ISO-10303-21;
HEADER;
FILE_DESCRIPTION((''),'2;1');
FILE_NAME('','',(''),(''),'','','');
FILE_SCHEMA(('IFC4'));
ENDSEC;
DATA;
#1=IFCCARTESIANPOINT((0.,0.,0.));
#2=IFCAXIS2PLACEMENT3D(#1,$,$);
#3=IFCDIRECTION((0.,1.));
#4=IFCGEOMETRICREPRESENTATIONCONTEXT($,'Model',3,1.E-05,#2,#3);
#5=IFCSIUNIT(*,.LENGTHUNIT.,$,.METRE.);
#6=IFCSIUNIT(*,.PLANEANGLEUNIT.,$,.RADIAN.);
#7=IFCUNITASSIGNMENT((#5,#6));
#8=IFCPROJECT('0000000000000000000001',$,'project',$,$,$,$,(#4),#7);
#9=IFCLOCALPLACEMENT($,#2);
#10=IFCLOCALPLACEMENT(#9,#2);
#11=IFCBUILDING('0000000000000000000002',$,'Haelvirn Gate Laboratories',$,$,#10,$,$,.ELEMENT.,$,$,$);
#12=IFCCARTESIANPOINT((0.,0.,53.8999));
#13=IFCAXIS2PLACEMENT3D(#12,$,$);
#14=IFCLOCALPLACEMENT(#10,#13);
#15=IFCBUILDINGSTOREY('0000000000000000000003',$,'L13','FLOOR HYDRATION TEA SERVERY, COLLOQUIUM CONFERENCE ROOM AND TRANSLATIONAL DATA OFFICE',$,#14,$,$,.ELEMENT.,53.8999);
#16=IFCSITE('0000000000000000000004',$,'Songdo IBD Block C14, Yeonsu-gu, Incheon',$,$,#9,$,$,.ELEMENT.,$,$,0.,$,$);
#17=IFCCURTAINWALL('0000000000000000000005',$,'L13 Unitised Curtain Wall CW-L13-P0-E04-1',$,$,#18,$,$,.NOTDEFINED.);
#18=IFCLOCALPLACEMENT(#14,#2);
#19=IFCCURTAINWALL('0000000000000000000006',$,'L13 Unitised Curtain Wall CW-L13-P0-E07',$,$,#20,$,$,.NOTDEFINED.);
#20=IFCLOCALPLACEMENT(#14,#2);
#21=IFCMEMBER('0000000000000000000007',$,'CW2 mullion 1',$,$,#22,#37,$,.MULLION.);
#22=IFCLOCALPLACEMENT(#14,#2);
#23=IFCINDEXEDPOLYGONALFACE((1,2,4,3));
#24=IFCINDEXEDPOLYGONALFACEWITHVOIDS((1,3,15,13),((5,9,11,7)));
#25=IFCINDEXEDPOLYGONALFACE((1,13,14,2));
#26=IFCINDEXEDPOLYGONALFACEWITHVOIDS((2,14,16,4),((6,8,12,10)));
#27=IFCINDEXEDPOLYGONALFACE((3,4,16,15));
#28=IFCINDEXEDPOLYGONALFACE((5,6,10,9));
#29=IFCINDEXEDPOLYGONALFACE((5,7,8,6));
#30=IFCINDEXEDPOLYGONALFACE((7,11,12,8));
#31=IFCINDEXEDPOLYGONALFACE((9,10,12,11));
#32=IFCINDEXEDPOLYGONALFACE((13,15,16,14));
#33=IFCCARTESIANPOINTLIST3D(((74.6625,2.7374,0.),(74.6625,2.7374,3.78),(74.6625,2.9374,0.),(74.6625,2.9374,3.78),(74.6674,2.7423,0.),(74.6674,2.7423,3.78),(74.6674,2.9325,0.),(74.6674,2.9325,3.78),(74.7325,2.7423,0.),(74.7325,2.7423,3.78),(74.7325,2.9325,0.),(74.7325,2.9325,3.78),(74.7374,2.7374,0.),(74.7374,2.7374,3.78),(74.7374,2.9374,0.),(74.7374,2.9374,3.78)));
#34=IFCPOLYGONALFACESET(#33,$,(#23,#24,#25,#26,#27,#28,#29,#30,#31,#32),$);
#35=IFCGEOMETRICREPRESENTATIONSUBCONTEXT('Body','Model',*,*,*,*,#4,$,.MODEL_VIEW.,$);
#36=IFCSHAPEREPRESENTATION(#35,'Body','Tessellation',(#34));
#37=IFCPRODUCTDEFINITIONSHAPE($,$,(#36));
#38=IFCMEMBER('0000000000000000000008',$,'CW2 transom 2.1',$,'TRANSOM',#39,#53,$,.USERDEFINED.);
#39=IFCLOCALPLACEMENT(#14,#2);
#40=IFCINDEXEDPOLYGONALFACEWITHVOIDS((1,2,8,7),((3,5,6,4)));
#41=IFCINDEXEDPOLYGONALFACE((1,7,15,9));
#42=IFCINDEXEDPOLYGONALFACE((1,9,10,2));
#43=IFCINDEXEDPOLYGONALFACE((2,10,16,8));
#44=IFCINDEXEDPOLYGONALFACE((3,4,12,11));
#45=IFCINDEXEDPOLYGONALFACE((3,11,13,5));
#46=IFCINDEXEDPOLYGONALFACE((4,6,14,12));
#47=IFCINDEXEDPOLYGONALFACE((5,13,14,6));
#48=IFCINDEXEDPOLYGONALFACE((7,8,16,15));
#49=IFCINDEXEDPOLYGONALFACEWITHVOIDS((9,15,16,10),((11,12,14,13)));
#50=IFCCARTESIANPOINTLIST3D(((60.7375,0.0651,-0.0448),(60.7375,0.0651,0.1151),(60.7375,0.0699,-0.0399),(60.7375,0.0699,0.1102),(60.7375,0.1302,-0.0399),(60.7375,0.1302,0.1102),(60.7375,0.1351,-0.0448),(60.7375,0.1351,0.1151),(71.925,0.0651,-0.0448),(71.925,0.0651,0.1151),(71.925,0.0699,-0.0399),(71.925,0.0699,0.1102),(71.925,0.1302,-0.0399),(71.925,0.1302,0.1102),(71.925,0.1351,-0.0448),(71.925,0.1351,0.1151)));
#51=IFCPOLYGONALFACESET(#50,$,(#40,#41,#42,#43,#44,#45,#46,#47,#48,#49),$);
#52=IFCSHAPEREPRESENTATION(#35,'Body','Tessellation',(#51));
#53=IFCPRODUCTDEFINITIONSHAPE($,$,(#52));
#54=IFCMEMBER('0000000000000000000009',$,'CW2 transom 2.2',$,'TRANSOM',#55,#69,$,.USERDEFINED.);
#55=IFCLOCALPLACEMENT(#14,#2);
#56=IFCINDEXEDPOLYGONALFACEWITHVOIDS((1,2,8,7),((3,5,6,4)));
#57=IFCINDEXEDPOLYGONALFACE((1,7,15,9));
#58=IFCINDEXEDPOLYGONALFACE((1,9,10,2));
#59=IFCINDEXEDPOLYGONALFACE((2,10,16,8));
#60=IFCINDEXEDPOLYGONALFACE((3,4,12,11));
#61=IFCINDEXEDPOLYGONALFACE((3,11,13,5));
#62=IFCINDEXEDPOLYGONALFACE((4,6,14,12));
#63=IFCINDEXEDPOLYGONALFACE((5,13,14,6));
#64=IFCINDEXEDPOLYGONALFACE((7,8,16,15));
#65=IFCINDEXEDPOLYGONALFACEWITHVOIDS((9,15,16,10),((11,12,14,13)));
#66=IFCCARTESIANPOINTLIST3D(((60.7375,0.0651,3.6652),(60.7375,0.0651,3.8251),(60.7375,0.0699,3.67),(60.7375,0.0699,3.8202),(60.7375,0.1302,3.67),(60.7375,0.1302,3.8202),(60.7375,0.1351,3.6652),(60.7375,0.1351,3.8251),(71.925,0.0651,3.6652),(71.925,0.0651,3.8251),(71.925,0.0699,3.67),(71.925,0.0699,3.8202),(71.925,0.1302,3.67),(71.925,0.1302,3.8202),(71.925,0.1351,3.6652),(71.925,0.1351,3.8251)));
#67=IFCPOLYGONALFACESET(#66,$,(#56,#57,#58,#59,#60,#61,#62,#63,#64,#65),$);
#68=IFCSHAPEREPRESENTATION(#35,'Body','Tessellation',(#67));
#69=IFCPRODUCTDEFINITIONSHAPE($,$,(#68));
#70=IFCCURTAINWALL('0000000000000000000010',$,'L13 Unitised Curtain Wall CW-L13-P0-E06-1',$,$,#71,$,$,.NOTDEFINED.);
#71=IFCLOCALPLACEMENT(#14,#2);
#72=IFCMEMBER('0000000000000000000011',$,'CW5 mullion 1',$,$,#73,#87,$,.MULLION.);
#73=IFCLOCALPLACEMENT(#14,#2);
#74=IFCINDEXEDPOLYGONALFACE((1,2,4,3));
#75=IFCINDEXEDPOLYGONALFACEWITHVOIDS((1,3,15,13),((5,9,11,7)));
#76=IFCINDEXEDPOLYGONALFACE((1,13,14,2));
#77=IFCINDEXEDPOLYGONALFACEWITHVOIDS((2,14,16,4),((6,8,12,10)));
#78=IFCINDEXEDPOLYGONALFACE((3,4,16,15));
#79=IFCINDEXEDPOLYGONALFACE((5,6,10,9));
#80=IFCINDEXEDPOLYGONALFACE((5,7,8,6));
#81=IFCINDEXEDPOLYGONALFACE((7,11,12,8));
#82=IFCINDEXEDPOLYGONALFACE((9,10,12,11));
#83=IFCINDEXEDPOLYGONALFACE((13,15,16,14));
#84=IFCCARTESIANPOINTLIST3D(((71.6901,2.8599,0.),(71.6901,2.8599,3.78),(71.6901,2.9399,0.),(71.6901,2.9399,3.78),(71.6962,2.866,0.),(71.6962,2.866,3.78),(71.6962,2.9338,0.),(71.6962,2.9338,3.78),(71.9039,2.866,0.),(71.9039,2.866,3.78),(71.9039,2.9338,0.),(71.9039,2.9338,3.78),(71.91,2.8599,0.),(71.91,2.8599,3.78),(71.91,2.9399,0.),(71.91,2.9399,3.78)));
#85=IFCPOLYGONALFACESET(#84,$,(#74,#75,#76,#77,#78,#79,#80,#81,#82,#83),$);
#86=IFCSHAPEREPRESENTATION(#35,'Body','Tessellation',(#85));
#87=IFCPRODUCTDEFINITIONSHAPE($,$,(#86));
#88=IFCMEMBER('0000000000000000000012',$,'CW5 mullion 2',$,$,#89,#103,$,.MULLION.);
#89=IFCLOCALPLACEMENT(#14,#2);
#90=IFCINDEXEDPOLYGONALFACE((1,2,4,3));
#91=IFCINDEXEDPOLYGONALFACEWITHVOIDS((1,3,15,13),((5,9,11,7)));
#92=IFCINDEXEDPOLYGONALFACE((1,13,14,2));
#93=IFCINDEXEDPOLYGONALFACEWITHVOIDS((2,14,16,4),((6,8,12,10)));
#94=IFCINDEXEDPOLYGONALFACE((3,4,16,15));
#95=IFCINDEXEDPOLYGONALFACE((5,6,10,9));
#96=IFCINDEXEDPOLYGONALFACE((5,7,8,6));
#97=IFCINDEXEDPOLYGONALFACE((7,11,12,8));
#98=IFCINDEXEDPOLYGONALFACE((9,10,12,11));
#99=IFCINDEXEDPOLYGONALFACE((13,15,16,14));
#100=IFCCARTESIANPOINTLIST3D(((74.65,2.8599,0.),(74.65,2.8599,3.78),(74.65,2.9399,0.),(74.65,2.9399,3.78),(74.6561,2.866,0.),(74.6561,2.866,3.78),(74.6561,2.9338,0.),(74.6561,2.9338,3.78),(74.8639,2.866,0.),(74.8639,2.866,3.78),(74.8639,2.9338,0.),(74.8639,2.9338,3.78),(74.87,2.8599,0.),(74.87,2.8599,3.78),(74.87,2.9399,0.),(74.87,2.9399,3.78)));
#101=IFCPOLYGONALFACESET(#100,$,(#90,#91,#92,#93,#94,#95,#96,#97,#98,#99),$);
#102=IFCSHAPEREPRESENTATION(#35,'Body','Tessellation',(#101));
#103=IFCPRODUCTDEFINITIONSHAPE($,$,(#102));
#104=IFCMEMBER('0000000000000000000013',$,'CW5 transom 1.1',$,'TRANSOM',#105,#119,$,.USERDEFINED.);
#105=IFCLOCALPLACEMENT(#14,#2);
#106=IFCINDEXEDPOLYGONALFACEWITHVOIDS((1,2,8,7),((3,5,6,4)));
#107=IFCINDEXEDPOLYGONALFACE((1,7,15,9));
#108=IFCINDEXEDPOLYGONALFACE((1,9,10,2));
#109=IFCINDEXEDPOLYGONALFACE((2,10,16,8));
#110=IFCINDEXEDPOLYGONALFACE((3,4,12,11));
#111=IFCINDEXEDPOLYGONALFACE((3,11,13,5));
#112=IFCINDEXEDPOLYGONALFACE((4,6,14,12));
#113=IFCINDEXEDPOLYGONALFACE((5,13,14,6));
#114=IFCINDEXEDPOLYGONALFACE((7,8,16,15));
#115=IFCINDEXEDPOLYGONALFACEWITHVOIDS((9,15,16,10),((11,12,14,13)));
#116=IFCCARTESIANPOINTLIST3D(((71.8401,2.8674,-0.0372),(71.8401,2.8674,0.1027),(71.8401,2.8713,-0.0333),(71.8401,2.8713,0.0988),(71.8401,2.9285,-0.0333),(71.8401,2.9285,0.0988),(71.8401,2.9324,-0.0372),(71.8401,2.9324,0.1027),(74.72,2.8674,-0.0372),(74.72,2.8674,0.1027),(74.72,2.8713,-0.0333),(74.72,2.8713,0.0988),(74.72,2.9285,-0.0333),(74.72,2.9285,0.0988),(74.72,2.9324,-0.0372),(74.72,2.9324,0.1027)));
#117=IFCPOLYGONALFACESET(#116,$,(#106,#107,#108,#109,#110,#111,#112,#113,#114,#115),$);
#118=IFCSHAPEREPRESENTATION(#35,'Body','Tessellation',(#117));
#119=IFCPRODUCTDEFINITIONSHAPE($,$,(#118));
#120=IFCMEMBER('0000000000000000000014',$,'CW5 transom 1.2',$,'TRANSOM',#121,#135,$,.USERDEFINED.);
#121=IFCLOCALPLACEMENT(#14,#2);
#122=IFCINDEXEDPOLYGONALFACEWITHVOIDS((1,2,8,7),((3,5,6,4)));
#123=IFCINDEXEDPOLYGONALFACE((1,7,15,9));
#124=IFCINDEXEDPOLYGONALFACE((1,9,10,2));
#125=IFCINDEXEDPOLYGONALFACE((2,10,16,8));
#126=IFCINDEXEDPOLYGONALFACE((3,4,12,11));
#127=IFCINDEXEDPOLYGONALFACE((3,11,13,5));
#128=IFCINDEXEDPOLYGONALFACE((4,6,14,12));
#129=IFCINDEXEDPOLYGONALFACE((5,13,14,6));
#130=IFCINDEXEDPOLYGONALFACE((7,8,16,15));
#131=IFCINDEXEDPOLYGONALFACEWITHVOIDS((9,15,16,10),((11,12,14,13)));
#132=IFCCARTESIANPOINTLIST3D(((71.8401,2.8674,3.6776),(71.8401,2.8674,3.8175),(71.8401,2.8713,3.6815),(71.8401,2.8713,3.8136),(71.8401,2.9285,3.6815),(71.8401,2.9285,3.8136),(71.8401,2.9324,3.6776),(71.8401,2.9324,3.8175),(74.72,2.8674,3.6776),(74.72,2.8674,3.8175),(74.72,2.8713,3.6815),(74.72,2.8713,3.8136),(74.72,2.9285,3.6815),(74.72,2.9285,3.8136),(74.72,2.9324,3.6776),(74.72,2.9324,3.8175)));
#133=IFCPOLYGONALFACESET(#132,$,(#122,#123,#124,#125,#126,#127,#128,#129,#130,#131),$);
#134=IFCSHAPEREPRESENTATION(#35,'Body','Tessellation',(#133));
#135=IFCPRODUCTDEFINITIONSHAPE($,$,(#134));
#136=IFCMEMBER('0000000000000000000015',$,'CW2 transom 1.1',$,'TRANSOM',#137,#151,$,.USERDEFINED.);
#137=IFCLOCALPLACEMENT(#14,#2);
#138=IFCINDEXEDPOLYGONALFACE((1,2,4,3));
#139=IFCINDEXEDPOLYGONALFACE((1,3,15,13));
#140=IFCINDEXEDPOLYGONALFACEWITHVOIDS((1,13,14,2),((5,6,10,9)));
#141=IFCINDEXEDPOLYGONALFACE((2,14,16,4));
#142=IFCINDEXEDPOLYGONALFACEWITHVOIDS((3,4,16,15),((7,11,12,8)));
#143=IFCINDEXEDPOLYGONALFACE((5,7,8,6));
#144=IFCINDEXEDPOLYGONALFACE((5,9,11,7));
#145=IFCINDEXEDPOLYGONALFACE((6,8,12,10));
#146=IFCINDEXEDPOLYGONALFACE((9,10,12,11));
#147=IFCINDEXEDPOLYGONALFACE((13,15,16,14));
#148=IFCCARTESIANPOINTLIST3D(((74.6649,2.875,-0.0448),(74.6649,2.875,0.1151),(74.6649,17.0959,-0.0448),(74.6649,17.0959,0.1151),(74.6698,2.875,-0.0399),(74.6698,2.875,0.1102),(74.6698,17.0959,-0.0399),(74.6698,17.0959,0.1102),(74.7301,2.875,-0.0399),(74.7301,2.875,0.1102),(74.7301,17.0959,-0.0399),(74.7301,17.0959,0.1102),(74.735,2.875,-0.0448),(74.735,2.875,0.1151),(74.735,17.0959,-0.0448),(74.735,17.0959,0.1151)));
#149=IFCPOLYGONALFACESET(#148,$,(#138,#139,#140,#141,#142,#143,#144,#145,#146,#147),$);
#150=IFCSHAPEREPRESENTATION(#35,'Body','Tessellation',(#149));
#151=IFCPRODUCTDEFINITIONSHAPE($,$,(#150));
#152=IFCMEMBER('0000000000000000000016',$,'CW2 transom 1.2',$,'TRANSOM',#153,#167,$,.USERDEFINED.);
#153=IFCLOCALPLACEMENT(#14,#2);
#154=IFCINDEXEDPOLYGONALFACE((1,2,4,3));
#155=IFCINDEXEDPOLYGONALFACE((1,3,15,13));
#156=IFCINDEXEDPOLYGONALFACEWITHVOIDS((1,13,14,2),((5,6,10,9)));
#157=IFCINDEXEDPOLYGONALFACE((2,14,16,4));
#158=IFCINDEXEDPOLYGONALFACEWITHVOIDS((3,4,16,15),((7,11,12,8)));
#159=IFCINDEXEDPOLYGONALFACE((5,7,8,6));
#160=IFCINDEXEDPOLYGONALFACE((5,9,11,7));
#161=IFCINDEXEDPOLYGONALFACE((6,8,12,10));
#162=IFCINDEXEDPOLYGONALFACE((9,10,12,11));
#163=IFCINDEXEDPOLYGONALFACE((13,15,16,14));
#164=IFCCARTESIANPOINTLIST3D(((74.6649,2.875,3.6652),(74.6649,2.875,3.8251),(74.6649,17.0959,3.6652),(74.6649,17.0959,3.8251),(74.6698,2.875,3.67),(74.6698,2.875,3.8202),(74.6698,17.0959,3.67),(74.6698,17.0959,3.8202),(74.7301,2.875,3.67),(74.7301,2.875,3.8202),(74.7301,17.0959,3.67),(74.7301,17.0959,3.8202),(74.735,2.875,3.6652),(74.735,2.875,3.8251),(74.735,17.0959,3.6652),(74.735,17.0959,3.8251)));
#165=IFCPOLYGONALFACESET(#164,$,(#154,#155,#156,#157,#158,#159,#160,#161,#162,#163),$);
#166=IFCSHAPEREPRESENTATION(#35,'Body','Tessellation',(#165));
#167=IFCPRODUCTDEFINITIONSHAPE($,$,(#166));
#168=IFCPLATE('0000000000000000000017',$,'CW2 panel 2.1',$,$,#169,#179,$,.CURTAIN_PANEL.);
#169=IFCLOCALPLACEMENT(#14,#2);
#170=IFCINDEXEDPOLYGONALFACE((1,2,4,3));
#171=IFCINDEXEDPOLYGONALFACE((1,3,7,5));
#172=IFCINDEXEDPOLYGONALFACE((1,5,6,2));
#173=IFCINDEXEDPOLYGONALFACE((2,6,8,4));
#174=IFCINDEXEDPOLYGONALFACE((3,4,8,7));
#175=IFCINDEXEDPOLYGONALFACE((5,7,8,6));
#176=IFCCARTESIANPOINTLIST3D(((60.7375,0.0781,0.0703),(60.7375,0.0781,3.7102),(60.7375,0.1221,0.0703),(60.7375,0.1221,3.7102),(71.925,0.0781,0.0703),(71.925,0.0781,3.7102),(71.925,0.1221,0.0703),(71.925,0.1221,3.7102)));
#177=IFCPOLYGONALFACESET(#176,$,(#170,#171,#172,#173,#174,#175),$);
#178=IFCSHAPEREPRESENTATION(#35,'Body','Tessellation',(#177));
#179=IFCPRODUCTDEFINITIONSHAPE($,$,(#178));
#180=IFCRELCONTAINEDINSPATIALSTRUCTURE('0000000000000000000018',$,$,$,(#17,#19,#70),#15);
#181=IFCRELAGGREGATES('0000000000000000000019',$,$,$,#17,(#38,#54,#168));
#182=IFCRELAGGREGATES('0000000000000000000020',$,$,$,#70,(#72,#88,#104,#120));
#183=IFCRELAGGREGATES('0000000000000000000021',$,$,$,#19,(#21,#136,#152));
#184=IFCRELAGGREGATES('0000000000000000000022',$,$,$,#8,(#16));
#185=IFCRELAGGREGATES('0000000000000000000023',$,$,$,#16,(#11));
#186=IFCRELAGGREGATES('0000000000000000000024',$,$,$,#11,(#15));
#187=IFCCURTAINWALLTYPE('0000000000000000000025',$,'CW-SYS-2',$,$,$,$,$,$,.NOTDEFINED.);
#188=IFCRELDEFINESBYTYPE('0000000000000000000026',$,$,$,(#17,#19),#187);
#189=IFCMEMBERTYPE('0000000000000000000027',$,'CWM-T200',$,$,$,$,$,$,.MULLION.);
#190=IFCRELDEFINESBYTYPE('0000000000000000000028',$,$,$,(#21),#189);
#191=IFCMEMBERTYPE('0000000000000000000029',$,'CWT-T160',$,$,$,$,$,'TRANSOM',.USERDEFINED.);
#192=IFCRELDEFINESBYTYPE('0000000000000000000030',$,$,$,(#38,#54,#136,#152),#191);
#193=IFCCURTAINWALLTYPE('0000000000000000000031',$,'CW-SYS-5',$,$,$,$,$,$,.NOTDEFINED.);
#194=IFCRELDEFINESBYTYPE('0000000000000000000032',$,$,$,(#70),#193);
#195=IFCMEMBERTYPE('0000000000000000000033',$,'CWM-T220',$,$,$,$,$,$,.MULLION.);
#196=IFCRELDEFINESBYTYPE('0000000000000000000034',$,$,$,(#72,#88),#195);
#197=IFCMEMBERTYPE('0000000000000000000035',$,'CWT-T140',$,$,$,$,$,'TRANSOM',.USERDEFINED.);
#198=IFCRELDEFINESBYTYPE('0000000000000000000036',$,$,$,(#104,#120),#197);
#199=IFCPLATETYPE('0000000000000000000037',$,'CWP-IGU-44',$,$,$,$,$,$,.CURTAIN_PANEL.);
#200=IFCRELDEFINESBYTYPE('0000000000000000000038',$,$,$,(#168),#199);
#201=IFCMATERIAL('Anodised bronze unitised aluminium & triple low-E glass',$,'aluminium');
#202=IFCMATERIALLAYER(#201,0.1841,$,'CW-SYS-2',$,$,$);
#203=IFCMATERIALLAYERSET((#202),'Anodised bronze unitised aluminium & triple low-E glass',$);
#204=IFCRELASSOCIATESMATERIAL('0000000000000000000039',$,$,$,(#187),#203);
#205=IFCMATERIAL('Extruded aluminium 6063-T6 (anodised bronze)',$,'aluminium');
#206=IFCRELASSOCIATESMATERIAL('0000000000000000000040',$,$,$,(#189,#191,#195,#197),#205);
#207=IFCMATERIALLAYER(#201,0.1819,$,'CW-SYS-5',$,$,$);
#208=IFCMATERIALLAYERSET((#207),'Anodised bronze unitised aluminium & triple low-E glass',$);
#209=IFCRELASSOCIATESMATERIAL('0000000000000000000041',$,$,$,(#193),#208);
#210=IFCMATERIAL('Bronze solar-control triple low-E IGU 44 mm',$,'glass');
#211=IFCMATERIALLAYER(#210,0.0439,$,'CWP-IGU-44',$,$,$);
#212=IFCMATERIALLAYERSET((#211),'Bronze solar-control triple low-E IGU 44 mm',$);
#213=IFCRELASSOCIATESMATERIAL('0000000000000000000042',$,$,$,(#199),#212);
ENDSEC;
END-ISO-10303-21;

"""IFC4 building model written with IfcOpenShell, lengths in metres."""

from ifc_helpers import new_model, si_unit, direction, frame, origin, origin_2d, place, context, subcontext, project, spatial, rectangle, hollow_rectangle, extrude, source, transform, mapped, material, layer, layer_set, material_profile, profile_set, type_object, type_shapes, element, aggregate, save


model = new_model("IFC4")

# Units and contexts
model_context = context("Model", 3, precision=1e-05, world=origin(), true_north=direction((0.0, 1.0)))
body_context = subcontext(model_context, "Body", "Model", "MODEL_VIEW")
ifc_project = project(units=[si_unit("LENGTHUNIT", "METRE"), si_unit("PLANEANGLEUNIT", "RADIAN")], contexts=[model_context])

# Site, building, storey
site_placement = place(None, origin())
site = spatial("IfcSite", under=ifc_project, at=site_placement, Name="Songdo IBD Block C14, Yeonsu-gu, Incheon", CompositionType="ELEMENT", RefElevation=0.0)
building_placement = place(site_placement, origin())
building = spatial("IfcBuilding", under=site, at=building_placement, Name="Haelvirn Gate Laboratories", CompositionType="ELEMENT")
storey_placement = place(building_placement, frame((0.0, 0.0, 53.8999)))
storey = spatial("IfcBuildingStorey", under=building, at=storey_placement, Name="L13", Description="FLOOR HYDRATION TEA SERVERY, COLLOQUIUM CONFERENCE ROOM AND TRANSLATIONAL DATA OFFICE", CompositionType="ELEMENT", Elevation=53.8999)

# Curtain wall
ifc_material_1 = material(Name="Anodised bronze unitised aluminium & triple low-E glass", Category="aluminium")
ifc_layer_1 = layer(ifc_material_1, 0.1841, Name="CW-SYS-2")
ifc_layer_set_1 = layer_set([ifc_layer_1], Name="Anodised bronze unitised aluminium & triple low-E glass")
curtain_wall_type_1 = type_object("IfcCurtainWallType", Name="CW-SYS-2", PredefinedType="NOTDEFINED", material=ifc_layer_set_1)
curtain_wall_1_placement = place(storey_placement, origin())
curtain_wall_1 = element("IfcCurtainWall", 1, at=curtain_wall_1_placement, inside=storey, type_object=curtain_wall_type_1, Name="L13 Unitised Curtain Wall CW-L13-P0-E04-1", PredefinedType="NOTDEFINED")
ifc_material_2 = material(Name="Extruded aluminium 6063-T6 (anodised bronze)", Category="aluminium")
ifc_material_profile_1 = material_profile(ifc_material_2, hollow_rectangle(XDim=0.075, YDim=0.2, WallThickness=0.0049, at=origin_2d()), Name="CWM-200x75x5")
ifc_profile_set_1 = profile_set([ifc_material_profile_1], Name="Extruded aluminium 6063-T6 (anodised bronze)")
member_type_1 = type_object("IfcMemberType", Name="CWM-T200", PredefinedType="MULLION", material=ifc_profile_set_1)
shared_shape_1 = source(origin(), body_context, "Body", "SweptSolid", [
    extrude(hollow_rectangle(XDim=0.075, YDim=0.2, WallThickness=0.0049, at=origin_2d()), origin(), (0.0, 0.0, 1.0), 3.78),
])
type_shapes(member_type_1, [shared_shape_1])

# Curtain wall, member
curtain_wall_2_placement = place(storey_placement, origin())
curtain_wall_2 = element("IfcCurtainWall", 2, at=curtain_wall_2_placement, inside=storey, type_object=curtain_wall_type_1, Name="L13 Unitised Curtain Wall CW-L13-P0-E07", PredefinedType="NOTDEFINED")
member_1_placement = place(storey_placement, frame((74.7, 2.8374, 0.0), z_axis=(0.0, 0.0, 1.0), x_axis=(-1.0, 0.0, 0.0)))
member_1 = element("IfcMember", 3, at=member_1_placement, type_object=member_type_1, Name="CW2 mullion 1", PredefinedType="MULLION", context=body_context, shape_type="MappedRepresentation", body=[
    mapped(shared_shape_1, transform((0.0, 0.0, 0.0), scale=1.0)),
])

# Members
ifc_material_profile_2 = material_profile(ifc_material_2, hollow_rectangle(XDim=0.0701, YDim=0.1599, WallThickness=0.0049, at=origin_2d()), Name="CWT-160x70x5")
ifc_profile_set_2 = profile_set([ifc_material_profile_2], Name="Extruded aluminium 6063-T6 (anodised bronze)")
member_type_2 = type_object("IfcMemberType", Name="CWT-T160", ElementType="TRANSOM", PredefinedType="USERDEFINED", material=ifc_profile_set_2)
shared_shape_2 = source(origin(), body_context, "Body", "SweptSolid", [
    extrude(hollow_rectangle(XDim=0.0701, YDim=0.1599, WallThickness=0.0049, at=origin_2d()), origin(), (0.0, 0.0, 1.0), 11.1875),
])
member_2_placement = place(storey_placement, frame((60.7375, 0.1001, 0.0352), z_axis=(1.0, 0.0, 0.0), x_axis=(0.0, 1.0, 0.0)))
member_2 = element("IfcMember", 4, at=member_2_placement, type_object=member_type_2, Name="CW2 transom 2.1", ObjectType="TRANSOM", PredefinedType="USERDEFINED", context=body_context, shape_type="MappedRepresentation", body=[
    mapped(shared_shape_2, transform((0.0, 0.0, 0.0), scale=1.0)),
])
member_3_placement = place(storey_placement, frame((60.7375, 0.1001, 3.7451), z_axis=(1.0, 0.0, 0.0), x_axis=(0.0, 1.0, 0.0)))
member_3 = element("IfcMember", 5, at=member_3_placement, type_object=member_type_2, Name="CW2 transom 2.2", ObjectType="TRANSOM", PredefinedType="USERDEFINED", context=body_context, shape_type="MappedRepresentation", body=[
    mapped(shared_shape_2, transform((0.0, 0.0, 0.0), scale=1.0)),
])

# Curtain wall, members
ifc_layer_2 = layer(ifc_material_1, 0.1819, Name="CW-SYS-5")
ifc_layer_set_2 = layer_set([ifc_layer_2], Name="Anodised bronze unitised aluminium & triple low-E glass")
curtain_wall_type_2 = type_object("IfcCurtainWallType", Name="CW-SYS-5", PredefinedType="NOTDEFINED", material=ifc_layer_set_2)
curtain_wall_3_placement = place(storey_placement, origin())
curtain_wall_3 = element("IfcCurtainWall", 6, at=curtain_wall_3_placement, inside=storey, type_object=curtain_wall_type_2, Name="L13 Unitised Curtain Wall CW-L13-P0-E06-1", PredefinedType="NOTDEFINED")
ifc_material_profile_3 = material_profile(ifc_material_2, hollow_rectangle(XDim=0.0801, YDim=0.22, WallThickness=0.0061, at=origin_2d()), Name="CWM-220x80x6")
ifc_profile_set_3 = profile_set([ifc_material_profile_3], Name="Extruded aluminium 6063-T6 (anodised bronze)")
member_type_3 = type_object("IfcMemberType", Name="CWM-T220", PredefinedType="MULLION", material=ifc_profile_set_3)
shared_shape_3 = source(origin(), body_context, "Body", "SweptSolid", [
    extrude(hollow_rectangle(XDim=0.0801, YDim=0.22, WallThickness=0.0061, at=origin_2d()), origin(), (0.0, 0.0, 1.0), 3.78),
])
type_shapes(member_type_3, [shared_shape_3])
member_4_placement = place(storey_placement, frame((71.8, 2.8999, 0.0), z_axis=(0.0, 0.0, 1.0), x_axis=(0.0, 1.0, 0.0)))
member_4 = element("IfcMember", 7, at=member_4_placement, type_object=member_type_3, Name="CW5 mullion 1", PredefinedType="MULLION", context=body_context, shape_type="MappedRepresentation", body=[
    mapped(shared_shape_3, transform((0.0, 0.0, 0.0), scale=1.0)),
])
member_5_placement = place(storey_placement, frame((74.76, 2.8999, 0.0), z_axis=(0.0, 0.0, 1.0), x_axis=(0.0, 1.0, 0.0)))
member_5 = element("IfcMember", 8, at=member_5_placement, type_object=member_type_3, Name="CW5 mullion 2", PredefinedType="MULLION", context=body_context, shape_type="MappedRepresentation", body=[
    mapped(shared_shape_3, transform((0.0, 0.0, 0.0), scale=1.0)),
])
ifc_material_profile_4 = material_profile(ifc_material_2, hollow_rectangle(XDim=0.0649, YDim=0.1399, WallThickness=0.0039, at=origin_2d()), Name="CWT-140x65x4")
ifc_profile_set_4 = profile_set([ifc_material_profile_4], Name="Extruded aluminium 6063-T6 (anodised bronze)")
member_type_4 = type_object("IfcMemberType", Name="CWT-T140", ElementType="TRANSOM", PredefinedType="USERDEFINED", material=ifc_profile_set_4)
shared_shape_4 = source(origin(), body_context, "Body", "SweptSolid", [
    extrude(hollow_rectangle(XDim=0.0649, YDim=0.1399, WallThickness=0.0039, at=origin_2d()), origin(), (0.0, 0.0, 1.0), 2.8799),
])
type_shapes(member_type_4, [shared_shape_4])
member_6_placement = place(storey_placement, frame((71.8401, 2.8999, 0.0327), z_axis=(1.0, 0.0, 0.0), x_axis=(0.0, 1.0, 0.0)))
member_6 = element("IfcMember", 9, at=member_6_placement, type_object=member_type_4, Name="CW5 transom 1.1", ObjectType="TRANSOM", PredefinedType="USERDEFINED", context=body_context, shape_type="MappedRepresentation", body=[
    mapped(shared_shape_4, transform((0.0, 0.0, 0.0), scale=1.0)),
])
member_7_placement = place(storey_placement, frame((71.8401, 2.8999, 3.7476), z_axis=(1.0, 0.0, 0.0), x_axis=(0.0, 1.0, 0.0)))
member_7 = element("IfcMember", 10, at=member_7_placement, type_object=member_type_4, Name="CW5 transom 1.2", ObjectType="TRANSOM", PredefinedType="USERDEFINED", context=body_context, shape_type="MappedRepresentation", body=[
    mapped(shared_shape_4, transform((0.0, 0.0, 0.0), scale=1.0)),
])

# Members
shared_shape_5 = source(origin(), body_context, "Body", "SweptSolid", [
    extrude(hollow_rectangle(XDim=0.0701, YDim=0.1599, WallThickness=0.0049, at=origin_2d()), origin(), (0.0, 0.0, 1.0), 14.2209),
])
type_shapes(member_type_2, [shared_shape_2, shared_shape_5])
member_8_placement = place(storey_placement, frame((74.7, 2.875, 0.0352), z_axis=(0.0, 1.0, 0.0), x_axis=(-1.0, 0.0, 0.0)))
member_8 = element("IfcMember", 11, at=member_8_placement, type_object=member_type_2, Name="CW2 transom 1.1", ObjectType="TRANSOM", PredefinedType="USERDEFINED", context=body_context, shape_type="MappedRepresentation", body=[
    mapped(shared_shape_5, transform((0.0, 0.0, 0.0), scale=1.0)),
])
member_9_placement = place(storey_placement, frame((74.7, 2.875, 3.7451), z_axis=(0.0, 1.0, 0.0), x_axis=(-1.0, 0.0, 0.0)))
member_9 = element("IfcMember", 12, at=member_9_placement, type_object=member_type_2, Name="CW2 transom 1.2", ObjectType="TRANSOM", PredefinedType="USERDEFINED", context=body_context, shape_type="MappedRepresentation", body=[
    mapped(shared_shape_5, transform((0.0, 0.0, 0.0), scale=1.0)),
])

# Plate
ifc_material_3 = material(Name="Bronze solar-control triple low-E IGU 44 mm", Category="glass")
ifc_layer_3 = layer(ifc_material_3, 0.0439, Name="CWP-IGU-44")
ifc_layer_set_3 = layer_set([ifc_layer_3], Name="Bronze solar-control triple low-E IGU 44 mm")
plate_type_1 = type_object("IfcPlateType", Name="CWP-IGU-44", PredefinedType="CURTAIN_PANEL", material=ifc_layer_set_3)
shared_shape_6 = source(origin(), body_context, "Body", "SweptSolid", [
    extrude(rectangle(XDim=11.1875, YDim=0.0439, at=origin_2d()), origin(), (0.0, 0.0, 1.0), 3.6399),
])
plate_1_placement = place(storey_placement, frame((66.3313, 0.1001, 0.0703), z_axis=(0.0, 0.0, 1.0), x_axis=(1.0, 0.0, 0.0)))
plate_1 = element("IfcPlate", 13, at=plate_1_placement, type_object=plate_type_1, Name="CW2 panel 2.1", PredefinedType="CURTAIN_PANEL", context=body_context, shape_type="MappedRepresentation", body=[
    mapped(shared_shape_6, transform((0.0, 0.0, 0.0), scale=1.0)),
])
aggregate(curtain_wall_1, [member_2, member_3, plate_1])
aggregate(curtain_wall_3, [member_4, member_5, member_6, member_7])
aggregate(curtain_wall_2, [member_1, member_8, member_9])

save(model, "model.ifc")
